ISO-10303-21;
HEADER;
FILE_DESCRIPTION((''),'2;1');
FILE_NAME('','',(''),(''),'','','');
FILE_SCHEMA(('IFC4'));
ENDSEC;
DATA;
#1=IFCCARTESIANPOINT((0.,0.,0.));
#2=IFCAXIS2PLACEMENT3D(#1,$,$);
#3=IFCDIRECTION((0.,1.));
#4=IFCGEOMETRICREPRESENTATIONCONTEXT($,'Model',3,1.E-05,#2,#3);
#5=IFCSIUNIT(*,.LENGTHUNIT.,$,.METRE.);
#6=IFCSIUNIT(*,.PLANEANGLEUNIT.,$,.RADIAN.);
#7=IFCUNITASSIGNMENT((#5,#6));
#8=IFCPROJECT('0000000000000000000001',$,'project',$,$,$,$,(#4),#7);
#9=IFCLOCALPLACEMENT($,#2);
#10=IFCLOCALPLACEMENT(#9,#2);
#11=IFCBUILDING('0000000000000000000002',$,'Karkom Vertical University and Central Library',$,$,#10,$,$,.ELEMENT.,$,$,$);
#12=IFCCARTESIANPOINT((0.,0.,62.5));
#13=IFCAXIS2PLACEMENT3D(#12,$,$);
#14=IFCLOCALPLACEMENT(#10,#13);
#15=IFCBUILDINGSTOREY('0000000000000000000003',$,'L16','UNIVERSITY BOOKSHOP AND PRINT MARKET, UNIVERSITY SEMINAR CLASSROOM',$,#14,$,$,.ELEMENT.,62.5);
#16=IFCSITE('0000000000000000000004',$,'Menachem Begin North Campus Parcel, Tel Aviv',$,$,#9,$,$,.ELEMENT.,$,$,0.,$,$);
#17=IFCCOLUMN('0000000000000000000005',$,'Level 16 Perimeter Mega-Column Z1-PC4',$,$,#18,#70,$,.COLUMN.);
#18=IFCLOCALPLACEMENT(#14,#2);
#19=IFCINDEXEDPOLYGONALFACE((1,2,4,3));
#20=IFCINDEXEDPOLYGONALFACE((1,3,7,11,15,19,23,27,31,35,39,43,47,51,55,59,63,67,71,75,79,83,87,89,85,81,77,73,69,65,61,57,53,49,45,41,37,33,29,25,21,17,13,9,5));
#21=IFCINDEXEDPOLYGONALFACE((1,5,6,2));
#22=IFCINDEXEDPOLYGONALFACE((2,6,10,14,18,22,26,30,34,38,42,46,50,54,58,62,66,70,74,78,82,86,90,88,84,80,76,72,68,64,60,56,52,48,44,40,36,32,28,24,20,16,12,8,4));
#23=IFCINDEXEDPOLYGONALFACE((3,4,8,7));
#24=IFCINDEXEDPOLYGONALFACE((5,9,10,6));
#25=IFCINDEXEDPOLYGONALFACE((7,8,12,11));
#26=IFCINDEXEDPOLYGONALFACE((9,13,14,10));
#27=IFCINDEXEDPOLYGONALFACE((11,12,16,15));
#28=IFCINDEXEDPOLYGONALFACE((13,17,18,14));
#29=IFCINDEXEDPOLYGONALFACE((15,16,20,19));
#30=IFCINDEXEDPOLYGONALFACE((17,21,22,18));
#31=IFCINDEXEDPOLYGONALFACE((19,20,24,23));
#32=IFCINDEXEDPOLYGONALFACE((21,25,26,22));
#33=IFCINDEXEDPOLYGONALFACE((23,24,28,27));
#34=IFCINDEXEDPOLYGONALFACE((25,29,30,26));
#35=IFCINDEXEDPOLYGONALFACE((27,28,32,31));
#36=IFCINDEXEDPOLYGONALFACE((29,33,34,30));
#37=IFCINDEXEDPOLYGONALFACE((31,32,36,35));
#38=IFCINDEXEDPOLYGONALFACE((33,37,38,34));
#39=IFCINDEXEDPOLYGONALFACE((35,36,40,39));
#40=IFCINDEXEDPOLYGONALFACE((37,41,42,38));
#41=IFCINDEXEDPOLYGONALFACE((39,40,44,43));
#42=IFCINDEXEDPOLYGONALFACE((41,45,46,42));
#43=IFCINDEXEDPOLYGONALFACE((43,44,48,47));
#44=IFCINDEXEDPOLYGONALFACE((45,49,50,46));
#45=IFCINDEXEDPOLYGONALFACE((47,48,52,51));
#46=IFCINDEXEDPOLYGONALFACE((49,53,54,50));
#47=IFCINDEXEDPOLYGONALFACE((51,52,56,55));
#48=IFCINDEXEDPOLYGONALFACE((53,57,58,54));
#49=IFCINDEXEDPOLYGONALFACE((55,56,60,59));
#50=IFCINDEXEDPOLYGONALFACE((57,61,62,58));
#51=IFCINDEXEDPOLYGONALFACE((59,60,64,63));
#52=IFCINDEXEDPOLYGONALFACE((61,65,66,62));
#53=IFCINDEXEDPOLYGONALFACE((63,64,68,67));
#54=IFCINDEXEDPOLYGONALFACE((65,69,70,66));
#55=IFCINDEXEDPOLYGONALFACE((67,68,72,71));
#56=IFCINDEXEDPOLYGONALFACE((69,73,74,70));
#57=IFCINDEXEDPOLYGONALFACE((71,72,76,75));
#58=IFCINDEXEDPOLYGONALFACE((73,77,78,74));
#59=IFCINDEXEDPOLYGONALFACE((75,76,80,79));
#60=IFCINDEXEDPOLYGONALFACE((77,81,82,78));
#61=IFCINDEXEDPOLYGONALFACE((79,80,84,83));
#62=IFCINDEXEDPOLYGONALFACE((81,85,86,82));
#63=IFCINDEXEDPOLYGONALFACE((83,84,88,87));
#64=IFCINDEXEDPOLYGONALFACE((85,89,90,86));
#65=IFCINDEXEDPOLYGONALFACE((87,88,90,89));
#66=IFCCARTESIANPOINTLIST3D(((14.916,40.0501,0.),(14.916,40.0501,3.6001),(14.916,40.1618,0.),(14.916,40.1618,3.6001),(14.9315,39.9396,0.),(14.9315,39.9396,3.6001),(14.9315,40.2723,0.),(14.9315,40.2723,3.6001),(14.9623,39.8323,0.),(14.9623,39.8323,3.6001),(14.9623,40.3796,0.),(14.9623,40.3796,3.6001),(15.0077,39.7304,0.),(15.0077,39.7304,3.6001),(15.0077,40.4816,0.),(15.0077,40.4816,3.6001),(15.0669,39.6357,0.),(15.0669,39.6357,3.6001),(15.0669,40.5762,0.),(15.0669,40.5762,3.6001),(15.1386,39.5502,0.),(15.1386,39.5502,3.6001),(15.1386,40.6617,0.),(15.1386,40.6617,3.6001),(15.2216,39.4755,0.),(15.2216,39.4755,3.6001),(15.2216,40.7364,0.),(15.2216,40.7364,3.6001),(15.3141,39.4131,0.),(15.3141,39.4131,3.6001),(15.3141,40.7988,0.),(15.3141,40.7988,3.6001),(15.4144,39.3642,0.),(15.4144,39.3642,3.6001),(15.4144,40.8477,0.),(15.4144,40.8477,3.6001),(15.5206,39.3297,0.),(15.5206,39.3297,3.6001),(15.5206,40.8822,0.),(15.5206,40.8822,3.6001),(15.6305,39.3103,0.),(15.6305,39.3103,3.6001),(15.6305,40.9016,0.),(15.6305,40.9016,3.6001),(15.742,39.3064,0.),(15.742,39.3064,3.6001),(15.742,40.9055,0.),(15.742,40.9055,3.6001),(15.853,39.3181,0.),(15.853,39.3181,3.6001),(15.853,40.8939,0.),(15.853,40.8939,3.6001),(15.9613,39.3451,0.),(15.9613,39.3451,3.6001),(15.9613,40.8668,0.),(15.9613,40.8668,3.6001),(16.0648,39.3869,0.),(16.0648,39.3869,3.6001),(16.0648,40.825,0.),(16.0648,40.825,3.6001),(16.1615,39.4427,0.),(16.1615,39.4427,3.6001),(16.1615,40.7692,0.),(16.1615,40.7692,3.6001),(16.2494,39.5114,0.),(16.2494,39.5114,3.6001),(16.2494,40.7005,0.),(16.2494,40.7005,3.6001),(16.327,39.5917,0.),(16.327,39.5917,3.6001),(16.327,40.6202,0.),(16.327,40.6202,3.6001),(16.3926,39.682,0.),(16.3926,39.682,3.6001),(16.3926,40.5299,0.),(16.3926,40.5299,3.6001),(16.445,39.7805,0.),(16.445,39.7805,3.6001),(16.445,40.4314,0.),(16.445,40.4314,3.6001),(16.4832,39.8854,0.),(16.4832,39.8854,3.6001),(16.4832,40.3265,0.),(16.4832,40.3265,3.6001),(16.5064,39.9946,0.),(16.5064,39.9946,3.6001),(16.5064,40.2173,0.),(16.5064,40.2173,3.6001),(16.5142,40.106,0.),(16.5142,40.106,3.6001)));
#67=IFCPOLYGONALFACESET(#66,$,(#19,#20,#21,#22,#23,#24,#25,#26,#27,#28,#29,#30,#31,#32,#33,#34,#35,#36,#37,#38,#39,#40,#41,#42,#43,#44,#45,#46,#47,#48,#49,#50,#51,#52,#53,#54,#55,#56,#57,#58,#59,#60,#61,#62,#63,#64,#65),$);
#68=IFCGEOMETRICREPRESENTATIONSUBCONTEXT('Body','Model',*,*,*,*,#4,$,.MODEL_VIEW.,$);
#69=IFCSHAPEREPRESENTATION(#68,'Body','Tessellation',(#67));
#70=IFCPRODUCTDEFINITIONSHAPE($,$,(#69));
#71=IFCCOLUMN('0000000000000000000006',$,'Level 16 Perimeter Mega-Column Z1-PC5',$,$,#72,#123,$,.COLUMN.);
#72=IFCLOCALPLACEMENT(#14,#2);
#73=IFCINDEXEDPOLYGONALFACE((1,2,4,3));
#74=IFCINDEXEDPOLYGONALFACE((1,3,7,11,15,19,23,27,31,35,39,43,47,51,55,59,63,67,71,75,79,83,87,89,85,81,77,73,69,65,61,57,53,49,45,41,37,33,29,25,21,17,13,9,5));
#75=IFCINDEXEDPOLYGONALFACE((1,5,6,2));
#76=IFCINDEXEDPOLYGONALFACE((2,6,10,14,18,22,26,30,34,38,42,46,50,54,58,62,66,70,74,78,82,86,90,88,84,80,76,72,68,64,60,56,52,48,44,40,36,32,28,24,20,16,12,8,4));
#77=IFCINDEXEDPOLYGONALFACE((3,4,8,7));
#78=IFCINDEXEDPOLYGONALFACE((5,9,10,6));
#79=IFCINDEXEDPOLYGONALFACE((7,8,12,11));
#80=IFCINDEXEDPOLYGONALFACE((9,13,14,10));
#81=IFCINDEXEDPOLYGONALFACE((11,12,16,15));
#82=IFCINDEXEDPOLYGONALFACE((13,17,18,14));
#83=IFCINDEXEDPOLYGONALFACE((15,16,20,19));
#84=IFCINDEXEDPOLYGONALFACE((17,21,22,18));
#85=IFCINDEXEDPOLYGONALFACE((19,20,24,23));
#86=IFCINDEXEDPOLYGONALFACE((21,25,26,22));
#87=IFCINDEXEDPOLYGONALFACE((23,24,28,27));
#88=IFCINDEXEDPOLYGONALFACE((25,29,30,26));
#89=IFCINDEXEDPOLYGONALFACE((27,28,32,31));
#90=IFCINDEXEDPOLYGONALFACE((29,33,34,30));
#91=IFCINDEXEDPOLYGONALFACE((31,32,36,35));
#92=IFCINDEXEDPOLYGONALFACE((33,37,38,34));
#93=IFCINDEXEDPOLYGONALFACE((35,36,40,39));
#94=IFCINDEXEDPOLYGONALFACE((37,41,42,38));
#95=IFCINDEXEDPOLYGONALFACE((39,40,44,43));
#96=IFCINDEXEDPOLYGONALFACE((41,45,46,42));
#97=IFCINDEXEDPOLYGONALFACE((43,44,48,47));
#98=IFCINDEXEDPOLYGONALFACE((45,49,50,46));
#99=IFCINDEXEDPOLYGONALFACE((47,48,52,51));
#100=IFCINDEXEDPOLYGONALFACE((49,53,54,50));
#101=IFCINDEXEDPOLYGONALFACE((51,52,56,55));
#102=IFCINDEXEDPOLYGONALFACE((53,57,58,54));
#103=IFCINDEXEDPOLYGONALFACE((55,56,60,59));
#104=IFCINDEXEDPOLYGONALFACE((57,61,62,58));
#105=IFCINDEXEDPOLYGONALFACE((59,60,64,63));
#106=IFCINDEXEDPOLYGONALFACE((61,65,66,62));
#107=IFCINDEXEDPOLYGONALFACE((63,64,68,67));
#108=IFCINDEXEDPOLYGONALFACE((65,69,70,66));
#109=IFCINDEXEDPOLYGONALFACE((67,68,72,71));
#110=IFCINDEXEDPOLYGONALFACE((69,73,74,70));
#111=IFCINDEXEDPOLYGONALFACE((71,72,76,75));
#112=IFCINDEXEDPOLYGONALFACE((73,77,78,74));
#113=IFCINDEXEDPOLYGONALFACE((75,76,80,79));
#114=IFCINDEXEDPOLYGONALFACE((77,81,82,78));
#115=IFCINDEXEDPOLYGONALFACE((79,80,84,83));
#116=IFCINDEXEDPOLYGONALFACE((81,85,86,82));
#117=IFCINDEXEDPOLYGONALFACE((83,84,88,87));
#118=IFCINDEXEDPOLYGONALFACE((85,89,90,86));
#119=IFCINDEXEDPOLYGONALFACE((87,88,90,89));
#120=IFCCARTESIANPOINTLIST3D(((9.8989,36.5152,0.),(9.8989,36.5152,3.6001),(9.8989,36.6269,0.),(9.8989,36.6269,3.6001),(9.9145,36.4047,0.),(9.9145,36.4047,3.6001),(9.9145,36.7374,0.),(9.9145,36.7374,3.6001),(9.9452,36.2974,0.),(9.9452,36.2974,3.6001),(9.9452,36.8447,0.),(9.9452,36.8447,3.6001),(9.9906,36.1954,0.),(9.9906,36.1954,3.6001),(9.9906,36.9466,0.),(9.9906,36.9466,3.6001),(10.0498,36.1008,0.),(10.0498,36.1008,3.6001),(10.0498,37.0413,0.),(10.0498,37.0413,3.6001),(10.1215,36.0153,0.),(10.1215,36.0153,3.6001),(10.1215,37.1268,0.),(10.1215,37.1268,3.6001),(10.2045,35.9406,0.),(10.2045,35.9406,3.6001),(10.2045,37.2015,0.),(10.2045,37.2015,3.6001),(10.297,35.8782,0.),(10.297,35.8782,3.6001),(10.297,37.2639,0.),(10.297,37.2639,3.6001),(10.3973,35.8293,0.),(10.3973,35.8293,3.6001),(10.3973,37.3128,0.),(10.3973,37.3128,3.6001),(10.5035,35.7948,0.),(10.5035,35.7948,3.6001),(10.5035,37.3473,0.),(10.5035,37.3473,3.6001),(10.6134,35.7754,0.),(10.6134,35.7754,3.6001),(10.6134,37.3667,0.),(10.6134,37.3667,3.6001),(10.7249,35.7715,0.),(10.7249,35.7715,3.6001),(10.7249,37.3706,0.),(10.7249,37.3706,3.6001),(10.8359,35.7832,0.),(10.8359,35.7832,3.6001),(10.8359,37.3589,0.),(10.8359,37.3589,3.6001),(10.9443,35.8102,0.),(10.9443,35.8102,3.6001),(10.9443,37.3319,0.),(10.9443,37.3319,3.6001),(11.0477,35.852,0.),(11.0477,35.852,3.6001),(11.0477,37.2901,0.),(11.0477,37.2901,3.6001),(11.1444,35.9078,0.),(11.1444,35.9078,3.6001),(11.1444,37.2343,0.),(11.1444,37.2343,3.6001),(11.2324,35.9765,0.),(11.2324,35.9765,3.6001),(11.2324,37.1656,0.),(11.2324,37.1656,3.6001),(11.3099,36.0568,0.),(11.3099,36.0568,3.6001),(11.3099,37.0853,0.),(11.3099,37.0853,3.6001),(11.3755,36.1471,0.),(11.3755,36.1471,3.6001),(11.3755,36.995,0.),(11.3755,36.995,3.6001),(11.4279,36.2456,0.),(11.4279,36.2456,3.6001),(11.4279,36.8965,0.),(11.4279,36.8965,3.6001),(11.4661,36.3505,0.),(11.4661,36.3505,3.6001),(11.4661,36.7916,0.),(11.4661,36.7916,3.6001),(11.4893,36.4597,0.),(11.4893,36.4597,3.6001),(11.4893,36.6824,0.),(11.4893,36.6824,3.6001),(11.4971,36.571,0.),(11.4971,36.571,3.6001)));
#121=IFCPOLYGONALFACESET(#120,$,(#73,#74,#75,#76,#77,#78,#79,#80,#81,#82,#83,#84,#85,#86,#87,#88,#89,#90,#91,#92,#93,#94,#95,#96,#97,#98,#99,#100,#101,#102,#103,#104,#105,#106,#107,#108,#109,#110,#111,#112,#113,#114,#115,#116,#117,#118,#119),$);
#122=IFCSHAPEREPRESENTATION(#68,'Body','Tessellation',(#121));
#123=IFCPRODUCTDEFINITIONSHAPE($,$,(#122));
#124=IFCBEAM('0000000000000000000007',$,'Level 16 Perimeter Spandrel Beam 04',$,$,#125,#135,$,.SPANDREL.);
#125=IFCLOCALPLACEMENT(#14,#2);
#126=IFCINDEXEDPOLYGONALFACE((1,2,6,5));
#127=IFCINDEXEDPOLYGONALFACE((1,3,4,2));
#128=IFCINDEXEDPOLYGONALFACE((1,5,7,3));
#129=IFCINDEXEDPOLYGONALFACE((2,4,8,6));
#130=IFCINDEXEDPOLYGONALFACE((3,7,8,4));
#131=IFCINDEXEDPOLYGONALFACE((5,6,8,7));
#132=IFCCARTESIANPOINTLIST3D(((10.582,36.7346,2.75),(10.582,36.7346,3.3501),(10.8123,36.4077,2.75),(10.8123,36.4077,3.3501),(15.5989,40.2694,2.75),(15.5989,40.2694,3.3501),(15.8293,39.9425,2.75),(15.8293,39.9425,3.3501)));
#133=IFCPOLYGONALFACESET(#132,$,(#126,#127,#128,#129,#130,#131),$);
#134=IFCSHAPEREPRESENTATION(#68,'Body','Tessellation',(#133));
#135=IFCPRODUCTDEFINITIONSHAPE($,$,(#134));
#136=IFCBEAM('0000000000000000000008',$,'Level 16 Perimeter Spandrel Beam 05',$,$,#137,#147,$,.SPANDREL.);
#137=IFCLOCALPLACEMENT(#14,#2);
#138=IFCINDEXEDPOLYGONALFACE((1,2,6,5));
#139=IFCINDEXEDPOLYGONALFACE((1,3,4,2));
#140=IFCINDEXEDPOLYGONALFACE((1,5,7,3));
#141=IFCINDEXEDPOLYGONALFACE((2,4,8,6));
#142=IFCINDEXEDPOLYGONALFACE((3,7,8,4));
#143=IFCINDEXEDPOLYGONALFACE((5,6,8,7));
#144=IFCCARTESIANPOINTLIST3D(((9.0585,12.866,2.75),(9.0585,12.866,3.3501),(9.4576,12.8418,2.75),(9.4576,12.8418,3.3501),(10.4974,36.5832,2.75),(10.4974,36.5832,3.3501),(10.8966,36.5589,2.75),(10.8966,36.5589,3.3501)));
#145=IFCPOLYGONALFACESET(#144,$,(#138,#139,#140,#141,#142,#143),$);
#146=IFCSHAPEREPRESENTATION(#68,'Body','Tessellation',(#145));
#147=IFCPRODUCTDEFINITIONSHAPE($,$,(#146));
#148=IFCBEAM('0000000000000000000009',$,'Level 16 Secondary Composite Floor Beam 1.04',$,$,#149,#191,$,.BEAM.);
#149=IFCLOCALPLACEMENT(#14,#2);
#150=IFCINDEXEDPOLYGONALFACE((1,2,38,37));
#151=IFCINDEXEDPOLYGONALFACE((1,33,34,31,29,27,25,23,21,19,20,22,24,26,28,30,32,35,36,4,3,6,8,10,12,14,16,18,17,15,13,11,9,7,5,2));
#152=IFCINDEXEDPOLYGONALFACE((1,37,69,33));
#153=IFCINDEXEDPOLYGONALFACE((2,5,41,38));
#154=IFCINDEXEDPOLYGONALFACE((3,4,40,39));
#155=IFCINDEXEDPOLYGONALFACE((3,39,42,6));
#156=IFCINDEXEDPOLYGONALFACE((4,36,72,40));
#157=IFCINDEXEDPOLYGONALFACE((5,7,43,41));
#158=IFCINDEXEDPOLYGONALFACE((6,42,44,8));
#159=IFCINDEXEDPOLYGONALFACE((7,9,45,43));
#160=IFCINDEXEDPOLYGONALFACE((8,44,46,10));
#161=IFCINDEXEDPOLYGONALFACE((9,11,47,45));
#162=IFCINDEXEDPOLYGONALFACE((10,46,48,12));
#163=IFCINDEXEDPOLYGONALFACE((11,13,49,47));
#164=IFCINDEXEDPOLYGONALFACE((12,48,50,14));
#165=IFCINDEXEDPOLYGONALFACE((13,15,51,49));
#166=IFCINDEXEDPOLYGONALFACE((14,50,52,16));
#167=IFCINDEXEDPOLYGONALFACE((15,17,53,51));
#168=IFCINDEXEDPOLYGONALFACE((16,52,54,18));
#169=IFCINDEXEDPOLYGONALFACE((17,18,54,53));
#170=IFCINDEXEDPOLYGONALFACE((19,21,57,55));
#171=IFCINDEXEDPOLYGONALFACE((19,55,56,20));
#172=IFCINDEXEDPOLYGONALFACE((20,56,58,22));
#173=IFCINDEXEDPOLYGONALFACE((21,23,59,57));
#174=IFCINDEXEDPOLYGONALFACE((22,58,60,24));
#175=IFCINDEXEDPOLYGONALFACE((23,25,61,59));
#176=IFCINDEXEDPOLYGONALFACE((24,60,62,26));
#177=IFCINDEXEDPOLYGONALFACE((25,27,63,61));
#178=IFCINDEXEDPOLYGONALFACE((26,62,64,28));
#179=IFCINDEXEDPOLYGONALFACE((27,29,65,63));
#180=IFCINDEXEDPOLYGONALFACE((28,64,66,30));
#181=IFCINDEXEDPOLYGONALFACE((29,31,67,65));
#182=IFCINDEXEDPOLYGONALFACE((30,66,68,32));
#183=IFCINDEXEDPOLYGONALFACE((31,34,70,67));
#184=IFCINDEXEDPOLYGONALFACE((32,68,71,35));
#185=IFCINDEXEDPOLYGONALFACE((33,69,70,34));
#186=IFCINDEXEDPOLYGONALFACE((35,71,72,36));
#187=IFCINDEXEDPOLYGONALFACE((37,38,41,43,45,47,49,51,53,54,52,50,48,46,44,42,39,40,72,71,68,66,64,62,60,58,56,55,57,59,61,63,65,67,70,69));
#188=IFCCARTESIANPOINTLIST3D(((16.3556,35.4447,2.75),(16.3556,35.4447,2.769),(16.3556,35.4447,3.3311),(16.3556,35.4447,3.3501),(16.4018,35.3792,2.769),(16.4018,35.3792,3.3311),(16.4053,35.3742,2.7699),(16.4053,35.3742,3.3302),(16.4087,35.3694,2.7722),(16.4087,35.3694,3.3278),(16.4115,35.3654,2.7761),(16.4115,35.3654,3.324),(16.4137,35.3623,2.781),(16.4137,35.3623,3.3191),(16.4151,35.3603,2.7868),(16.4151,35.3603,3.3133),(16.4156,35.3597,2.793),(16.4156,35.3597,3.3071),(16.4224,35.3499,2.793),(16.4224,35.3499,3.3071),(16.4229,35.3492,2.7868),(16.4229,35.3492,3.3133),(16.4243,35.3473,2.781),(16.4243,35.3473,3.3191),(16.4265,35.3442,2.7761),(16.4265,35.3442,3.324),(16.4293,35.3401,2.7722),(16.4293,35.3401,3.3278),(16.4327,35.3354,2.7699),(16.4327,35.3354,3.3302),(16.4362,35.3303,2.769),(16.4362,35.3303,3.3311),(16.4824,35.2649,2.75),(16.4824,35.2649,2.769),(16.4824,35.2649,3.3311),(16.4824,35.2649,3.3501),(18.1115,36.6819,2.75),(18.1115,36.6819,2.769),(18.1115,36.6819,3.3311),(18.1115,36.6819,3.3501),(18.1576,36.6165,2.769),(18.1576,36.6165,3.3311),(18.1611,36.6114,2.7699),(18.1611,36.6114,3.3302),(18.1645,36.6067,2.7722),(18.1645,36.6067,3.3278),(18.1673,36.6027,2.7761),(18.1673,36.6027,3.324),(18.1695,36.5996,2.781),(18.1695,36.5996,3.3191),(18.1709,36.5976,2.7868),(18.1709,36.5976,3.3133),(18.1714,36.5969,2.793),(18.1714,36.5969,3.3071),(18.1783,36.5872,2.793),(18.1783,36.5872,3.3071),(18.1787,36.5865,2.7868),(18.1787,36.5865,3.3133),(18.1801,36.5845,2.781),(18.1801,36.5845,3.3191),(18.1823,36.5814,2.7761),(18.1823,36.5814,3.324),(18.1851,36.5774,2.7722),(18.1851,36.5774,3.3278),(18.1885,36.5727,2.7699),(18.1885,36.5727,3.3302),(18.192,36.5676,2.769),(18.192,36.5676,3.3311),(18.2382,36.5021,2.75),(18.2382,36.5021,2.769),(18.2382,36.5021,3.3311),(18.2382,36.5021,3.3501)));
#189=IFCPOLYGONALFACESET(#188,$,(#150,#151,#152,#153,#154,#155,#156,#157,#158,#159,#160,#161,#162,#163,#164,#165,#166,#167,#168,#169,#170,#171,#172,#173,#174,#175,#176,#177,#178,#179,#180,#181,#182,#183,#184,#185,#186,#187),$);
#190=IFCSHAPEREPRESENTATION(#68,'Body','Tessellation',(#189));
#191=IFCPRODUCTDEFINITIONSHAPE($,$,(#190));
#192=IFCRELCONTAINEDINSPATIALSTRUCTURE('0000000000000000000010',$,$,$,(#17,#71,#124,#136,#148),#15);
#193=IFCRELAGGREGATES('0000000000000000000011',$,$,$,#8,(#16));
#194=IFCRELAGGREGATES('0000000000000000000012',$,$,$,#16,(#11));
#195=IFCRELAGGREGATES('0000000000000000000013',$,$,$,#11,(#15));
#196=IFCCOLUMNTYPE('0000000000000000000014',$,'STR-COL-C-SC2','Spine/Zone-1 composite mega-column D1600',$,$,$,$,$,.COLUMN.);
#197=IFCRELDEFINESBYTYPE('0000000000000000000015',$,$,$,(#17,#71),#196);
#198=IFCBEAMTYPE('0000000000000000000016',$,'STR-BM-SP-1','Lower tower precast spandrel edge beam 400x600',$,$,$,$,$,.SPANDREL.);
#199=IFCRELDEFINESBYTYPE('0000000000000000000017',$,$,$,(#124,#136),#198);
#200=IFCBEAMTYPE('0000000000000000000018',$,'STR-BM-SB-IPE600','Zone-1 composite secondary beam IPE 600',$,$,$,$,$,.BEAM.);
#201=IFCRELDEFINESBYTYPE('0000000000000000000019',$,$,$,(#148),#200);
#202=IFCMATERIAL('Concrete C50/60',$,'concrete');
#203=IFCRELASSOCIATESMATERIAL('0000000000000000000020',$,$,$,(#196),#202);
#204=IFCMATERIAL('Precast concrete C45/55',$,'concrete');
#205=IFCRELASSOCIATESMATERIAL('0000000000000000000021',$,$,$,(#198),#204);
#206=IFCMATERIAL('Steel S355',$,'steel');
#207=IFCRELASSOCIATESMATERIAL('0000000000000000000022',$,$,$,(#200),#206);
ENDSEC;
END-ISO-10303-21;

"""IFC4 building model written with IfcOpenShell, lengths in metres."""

from ifc_helpers import new_model, si_unit, direction, frame, origin, origin_with_axes, origin_2d, place, context, subcontext, project, spatial, rectangle, circle, i_section, extrude, source, transform, mapped, material, material_profile, profile_set, type_object, element, save


model = new_model("IFC4")

# Units and contexts
model_context = context("Model", 3, precision=1e-05, world=origin(), true_north=direction((0.0, 1.0)))
body_context = subcontext(model_context, "Body", "Model", "MODEL_VIEW")
ifc_project = project(units=[si_unit("LENGTHUNIT", "METRE"), si_unit("PLANEANGLEUNIT", "RADIAN")], contexts=[model_context])

# Site, building, storey
site_placement = place(None, origin())
site = spatial("IfcSite", under=ifc_project, at=site_placement, Name="Menachem Begin North Campus Parcel, Tel Aviv", CompositionType="ELEMENT", RefElevation=0.0)
building_placement = place(site_placement, origin())
building = spatial("IfcBuilding", under=site, at=building_placement, Name="Karkom Vertical University and Central Library", CompositionType="ELEMENT")
storey_placement = place(building_placement, frame((0.0, 0.0, 62.5)))
storey = spatial("IfcBuildingStorey", under=building, at=storey_placement, Name="L16", Description="UNIVERSITY BOOKSHOP AND PRINT MARKET, UNIVERSITY SEMINAR CLASSROOM", CompositionType="ELEMENT", Elevation=62.5)

# Columns
ifc_material_1 = material(Name="Concrete C50/60", Category="concrete")
ifc_material_profile_1 = material_profile(ifc_material_1, circle(Radius=0.8, at=origin_2d()), Name="CFT-D1600")
ifc_profile_set_1 = profile_set([ifc_material_profile_1], Name="Concrete C50/60")
column_type = type_object("IfcColumnType", Name="STR-COL-C-SC2", Description="Spine/Zone-1 composite mega-column D1600", PredefinedType="COLUMN", material=ifc_profile_set_1)
shared_shape_1 = source(origin_with_axes(), body_context, "Body", "SweptSolid", [
    extrude(circle(Radius=0.8, at=origin_2d()), origin(), (0.0, 0.0, 1.0), 3.6001),
])
for number, where, z_axis, x_axis, name in (
    (1, (15.7141, 40.106, 0.0), (0.0, 0.0, 1.0), (1.0, 0.0, 0.0), "Level 16 Perimeter Mega-Column Z1-PC4"),
    (2, (10.697, 36.571, 0.0), (0.0, 0.0, 1.0), (1.0, 0.0, 0.0), "Level 16 Perimeter Mega-Column Z1-PC5"),
):
    element("IfcColumn", number, at=place(storey_placement, frame(where, z_axis=z_axis, x_axis=x_axis)), inside=storey, type_object=column_type, Name=name, PredefinedType="COLUMN", context=body_context, shape_type="MappedRepresentation", body=[
        mapped(shared_shape_1, transform((0.0, 0.0, 0.0), scale=1.0)),
    ])

# Beams
ifc_material_2 = material(Name="Precast concrete C45/55", Category="concrete")
ifc_material_profile_2 = material_profile(ifc_material_2, rectangle(XDim=0.3999, YDim=0.6001, at=origin_2d()), Name="SPB-400x600")
ifc_profile_set_2 = profile_set([ifc_material_profile_2], Name="Precast concrete C45/55")
beam_type_1 = type_object("IfcBeamType", Name="STR-BM-SP-1", Description="Lower tower precast spandrel edge beam 400x600", PredefinedType="SPANDREL", material=ifc_profile_set_2)
shared_shape_2 = source(origin_with_axes(), body_context, "Body", "SweptSolid", [
    extrude(rectangle(XDim=0.3999, YDim=0.6001, at=origin_2d()), origin(), (0.0, 0.0, 1.0), 6.1372),
])
beam_1_placement = place(storey_placement, frame((15.7141, 40.106, 3.05), z_axis=(-0.817471, -0.575969, 0.0), x_axis=(0.575969, -0.817471, 0.0)))
element("IfcBeam", 3, at=beam_1_placement, inside=storey, type_object=beam_type_1, Name="Level 16 Perimeter Spandrel Beam 04", PredefinedType="SPANDREL", context=body_context, shape_type="MappedRepresentation", body=[
    mapped(shared_shape_2, transform((0.0, 0.0, 0.0), scale=1.0)),
])
shared_shape_3 = source(origin_with_axes(), body_context, "Body", "SweptSolid", [
    extrude(rectangle(XDim=0.3999, YDim=0.6001, at=origin_2d()), origin(), (0.0, 0.0, 1.0), 23.7607),
])
beam_2_placement = place(storey_placement, frame((10.697, 36.571, 3.05), z_axis=(-0.060561, -0.998165, 0.0), x_axis=(0.998165, -0.060561, 0.0)))
element("IfcBeam", 4, at=beam_2_placement, inside=storey, type_object=beam_type_1, Name="Level 16 Perimeter Spandrel Beam 05", PredefinedType="SPANDREL", context=body_context, shape_type="MappedRepresentation", body=[
    mapped(shared_shape_3, transform((0.0, 0.0, 0.0), scale=1.0)),
])
ifc_material_3 = material(Name="Steel S355", Category="steel")
ifc_material_profile_3 = material_profile(ifc_material_3, i_section(OverallWidth=0.22, OverallDepth=0.6001, WebThickness=0.012, FlangeThickness=0.019, FilletRadius=0.0239, at=origin_2d()), Name="IPE 600")
ifc_profile_set_3 = profile_set([ifc_material_profile_3], Name="Steel S355")
beam_type_2 = type_object("IfcBeamType", Name="STR-BM-SB-IPE600", Description="Zone-1 composite secondary beam IPE 600", PredefinedType="BEAM", material=ifc_profile_set_3)
shared_shape_4 = source(origin_with_axes(), body_context, "Body", "SweptSolid", [
    extrude(i_section(OverallWidth=0.22, OverallDepth=0.6001, WebThickness=0.012, FlangeThickness=0.019, FilletRadius=0.0239, at=origin_2d()), origin(), (0.0, 0.0, 1.0), 2.1479),
])
beam_3_placement = place(storey_placement, frame((18.1748, 36.592, 3.05), z_axis=(-0.817434, -0.576023, 0.0), x_axis=(0.576023, -0.817434, 0.0)))
element("IfcBeam", 5, at=beam_3_placement, inside=storey, type_object=beam_type_2, Name="Level 16 Secondary Composite Floor Beam 1.04", PredefinedType="BEAM", context=body_context, shape_type="MappedRepresentation", body=[
    mapped(shared_shape_4, transform((0.0, 0.0, 0.0), scale=1.0)),
])

save(model, "model.ifc")
